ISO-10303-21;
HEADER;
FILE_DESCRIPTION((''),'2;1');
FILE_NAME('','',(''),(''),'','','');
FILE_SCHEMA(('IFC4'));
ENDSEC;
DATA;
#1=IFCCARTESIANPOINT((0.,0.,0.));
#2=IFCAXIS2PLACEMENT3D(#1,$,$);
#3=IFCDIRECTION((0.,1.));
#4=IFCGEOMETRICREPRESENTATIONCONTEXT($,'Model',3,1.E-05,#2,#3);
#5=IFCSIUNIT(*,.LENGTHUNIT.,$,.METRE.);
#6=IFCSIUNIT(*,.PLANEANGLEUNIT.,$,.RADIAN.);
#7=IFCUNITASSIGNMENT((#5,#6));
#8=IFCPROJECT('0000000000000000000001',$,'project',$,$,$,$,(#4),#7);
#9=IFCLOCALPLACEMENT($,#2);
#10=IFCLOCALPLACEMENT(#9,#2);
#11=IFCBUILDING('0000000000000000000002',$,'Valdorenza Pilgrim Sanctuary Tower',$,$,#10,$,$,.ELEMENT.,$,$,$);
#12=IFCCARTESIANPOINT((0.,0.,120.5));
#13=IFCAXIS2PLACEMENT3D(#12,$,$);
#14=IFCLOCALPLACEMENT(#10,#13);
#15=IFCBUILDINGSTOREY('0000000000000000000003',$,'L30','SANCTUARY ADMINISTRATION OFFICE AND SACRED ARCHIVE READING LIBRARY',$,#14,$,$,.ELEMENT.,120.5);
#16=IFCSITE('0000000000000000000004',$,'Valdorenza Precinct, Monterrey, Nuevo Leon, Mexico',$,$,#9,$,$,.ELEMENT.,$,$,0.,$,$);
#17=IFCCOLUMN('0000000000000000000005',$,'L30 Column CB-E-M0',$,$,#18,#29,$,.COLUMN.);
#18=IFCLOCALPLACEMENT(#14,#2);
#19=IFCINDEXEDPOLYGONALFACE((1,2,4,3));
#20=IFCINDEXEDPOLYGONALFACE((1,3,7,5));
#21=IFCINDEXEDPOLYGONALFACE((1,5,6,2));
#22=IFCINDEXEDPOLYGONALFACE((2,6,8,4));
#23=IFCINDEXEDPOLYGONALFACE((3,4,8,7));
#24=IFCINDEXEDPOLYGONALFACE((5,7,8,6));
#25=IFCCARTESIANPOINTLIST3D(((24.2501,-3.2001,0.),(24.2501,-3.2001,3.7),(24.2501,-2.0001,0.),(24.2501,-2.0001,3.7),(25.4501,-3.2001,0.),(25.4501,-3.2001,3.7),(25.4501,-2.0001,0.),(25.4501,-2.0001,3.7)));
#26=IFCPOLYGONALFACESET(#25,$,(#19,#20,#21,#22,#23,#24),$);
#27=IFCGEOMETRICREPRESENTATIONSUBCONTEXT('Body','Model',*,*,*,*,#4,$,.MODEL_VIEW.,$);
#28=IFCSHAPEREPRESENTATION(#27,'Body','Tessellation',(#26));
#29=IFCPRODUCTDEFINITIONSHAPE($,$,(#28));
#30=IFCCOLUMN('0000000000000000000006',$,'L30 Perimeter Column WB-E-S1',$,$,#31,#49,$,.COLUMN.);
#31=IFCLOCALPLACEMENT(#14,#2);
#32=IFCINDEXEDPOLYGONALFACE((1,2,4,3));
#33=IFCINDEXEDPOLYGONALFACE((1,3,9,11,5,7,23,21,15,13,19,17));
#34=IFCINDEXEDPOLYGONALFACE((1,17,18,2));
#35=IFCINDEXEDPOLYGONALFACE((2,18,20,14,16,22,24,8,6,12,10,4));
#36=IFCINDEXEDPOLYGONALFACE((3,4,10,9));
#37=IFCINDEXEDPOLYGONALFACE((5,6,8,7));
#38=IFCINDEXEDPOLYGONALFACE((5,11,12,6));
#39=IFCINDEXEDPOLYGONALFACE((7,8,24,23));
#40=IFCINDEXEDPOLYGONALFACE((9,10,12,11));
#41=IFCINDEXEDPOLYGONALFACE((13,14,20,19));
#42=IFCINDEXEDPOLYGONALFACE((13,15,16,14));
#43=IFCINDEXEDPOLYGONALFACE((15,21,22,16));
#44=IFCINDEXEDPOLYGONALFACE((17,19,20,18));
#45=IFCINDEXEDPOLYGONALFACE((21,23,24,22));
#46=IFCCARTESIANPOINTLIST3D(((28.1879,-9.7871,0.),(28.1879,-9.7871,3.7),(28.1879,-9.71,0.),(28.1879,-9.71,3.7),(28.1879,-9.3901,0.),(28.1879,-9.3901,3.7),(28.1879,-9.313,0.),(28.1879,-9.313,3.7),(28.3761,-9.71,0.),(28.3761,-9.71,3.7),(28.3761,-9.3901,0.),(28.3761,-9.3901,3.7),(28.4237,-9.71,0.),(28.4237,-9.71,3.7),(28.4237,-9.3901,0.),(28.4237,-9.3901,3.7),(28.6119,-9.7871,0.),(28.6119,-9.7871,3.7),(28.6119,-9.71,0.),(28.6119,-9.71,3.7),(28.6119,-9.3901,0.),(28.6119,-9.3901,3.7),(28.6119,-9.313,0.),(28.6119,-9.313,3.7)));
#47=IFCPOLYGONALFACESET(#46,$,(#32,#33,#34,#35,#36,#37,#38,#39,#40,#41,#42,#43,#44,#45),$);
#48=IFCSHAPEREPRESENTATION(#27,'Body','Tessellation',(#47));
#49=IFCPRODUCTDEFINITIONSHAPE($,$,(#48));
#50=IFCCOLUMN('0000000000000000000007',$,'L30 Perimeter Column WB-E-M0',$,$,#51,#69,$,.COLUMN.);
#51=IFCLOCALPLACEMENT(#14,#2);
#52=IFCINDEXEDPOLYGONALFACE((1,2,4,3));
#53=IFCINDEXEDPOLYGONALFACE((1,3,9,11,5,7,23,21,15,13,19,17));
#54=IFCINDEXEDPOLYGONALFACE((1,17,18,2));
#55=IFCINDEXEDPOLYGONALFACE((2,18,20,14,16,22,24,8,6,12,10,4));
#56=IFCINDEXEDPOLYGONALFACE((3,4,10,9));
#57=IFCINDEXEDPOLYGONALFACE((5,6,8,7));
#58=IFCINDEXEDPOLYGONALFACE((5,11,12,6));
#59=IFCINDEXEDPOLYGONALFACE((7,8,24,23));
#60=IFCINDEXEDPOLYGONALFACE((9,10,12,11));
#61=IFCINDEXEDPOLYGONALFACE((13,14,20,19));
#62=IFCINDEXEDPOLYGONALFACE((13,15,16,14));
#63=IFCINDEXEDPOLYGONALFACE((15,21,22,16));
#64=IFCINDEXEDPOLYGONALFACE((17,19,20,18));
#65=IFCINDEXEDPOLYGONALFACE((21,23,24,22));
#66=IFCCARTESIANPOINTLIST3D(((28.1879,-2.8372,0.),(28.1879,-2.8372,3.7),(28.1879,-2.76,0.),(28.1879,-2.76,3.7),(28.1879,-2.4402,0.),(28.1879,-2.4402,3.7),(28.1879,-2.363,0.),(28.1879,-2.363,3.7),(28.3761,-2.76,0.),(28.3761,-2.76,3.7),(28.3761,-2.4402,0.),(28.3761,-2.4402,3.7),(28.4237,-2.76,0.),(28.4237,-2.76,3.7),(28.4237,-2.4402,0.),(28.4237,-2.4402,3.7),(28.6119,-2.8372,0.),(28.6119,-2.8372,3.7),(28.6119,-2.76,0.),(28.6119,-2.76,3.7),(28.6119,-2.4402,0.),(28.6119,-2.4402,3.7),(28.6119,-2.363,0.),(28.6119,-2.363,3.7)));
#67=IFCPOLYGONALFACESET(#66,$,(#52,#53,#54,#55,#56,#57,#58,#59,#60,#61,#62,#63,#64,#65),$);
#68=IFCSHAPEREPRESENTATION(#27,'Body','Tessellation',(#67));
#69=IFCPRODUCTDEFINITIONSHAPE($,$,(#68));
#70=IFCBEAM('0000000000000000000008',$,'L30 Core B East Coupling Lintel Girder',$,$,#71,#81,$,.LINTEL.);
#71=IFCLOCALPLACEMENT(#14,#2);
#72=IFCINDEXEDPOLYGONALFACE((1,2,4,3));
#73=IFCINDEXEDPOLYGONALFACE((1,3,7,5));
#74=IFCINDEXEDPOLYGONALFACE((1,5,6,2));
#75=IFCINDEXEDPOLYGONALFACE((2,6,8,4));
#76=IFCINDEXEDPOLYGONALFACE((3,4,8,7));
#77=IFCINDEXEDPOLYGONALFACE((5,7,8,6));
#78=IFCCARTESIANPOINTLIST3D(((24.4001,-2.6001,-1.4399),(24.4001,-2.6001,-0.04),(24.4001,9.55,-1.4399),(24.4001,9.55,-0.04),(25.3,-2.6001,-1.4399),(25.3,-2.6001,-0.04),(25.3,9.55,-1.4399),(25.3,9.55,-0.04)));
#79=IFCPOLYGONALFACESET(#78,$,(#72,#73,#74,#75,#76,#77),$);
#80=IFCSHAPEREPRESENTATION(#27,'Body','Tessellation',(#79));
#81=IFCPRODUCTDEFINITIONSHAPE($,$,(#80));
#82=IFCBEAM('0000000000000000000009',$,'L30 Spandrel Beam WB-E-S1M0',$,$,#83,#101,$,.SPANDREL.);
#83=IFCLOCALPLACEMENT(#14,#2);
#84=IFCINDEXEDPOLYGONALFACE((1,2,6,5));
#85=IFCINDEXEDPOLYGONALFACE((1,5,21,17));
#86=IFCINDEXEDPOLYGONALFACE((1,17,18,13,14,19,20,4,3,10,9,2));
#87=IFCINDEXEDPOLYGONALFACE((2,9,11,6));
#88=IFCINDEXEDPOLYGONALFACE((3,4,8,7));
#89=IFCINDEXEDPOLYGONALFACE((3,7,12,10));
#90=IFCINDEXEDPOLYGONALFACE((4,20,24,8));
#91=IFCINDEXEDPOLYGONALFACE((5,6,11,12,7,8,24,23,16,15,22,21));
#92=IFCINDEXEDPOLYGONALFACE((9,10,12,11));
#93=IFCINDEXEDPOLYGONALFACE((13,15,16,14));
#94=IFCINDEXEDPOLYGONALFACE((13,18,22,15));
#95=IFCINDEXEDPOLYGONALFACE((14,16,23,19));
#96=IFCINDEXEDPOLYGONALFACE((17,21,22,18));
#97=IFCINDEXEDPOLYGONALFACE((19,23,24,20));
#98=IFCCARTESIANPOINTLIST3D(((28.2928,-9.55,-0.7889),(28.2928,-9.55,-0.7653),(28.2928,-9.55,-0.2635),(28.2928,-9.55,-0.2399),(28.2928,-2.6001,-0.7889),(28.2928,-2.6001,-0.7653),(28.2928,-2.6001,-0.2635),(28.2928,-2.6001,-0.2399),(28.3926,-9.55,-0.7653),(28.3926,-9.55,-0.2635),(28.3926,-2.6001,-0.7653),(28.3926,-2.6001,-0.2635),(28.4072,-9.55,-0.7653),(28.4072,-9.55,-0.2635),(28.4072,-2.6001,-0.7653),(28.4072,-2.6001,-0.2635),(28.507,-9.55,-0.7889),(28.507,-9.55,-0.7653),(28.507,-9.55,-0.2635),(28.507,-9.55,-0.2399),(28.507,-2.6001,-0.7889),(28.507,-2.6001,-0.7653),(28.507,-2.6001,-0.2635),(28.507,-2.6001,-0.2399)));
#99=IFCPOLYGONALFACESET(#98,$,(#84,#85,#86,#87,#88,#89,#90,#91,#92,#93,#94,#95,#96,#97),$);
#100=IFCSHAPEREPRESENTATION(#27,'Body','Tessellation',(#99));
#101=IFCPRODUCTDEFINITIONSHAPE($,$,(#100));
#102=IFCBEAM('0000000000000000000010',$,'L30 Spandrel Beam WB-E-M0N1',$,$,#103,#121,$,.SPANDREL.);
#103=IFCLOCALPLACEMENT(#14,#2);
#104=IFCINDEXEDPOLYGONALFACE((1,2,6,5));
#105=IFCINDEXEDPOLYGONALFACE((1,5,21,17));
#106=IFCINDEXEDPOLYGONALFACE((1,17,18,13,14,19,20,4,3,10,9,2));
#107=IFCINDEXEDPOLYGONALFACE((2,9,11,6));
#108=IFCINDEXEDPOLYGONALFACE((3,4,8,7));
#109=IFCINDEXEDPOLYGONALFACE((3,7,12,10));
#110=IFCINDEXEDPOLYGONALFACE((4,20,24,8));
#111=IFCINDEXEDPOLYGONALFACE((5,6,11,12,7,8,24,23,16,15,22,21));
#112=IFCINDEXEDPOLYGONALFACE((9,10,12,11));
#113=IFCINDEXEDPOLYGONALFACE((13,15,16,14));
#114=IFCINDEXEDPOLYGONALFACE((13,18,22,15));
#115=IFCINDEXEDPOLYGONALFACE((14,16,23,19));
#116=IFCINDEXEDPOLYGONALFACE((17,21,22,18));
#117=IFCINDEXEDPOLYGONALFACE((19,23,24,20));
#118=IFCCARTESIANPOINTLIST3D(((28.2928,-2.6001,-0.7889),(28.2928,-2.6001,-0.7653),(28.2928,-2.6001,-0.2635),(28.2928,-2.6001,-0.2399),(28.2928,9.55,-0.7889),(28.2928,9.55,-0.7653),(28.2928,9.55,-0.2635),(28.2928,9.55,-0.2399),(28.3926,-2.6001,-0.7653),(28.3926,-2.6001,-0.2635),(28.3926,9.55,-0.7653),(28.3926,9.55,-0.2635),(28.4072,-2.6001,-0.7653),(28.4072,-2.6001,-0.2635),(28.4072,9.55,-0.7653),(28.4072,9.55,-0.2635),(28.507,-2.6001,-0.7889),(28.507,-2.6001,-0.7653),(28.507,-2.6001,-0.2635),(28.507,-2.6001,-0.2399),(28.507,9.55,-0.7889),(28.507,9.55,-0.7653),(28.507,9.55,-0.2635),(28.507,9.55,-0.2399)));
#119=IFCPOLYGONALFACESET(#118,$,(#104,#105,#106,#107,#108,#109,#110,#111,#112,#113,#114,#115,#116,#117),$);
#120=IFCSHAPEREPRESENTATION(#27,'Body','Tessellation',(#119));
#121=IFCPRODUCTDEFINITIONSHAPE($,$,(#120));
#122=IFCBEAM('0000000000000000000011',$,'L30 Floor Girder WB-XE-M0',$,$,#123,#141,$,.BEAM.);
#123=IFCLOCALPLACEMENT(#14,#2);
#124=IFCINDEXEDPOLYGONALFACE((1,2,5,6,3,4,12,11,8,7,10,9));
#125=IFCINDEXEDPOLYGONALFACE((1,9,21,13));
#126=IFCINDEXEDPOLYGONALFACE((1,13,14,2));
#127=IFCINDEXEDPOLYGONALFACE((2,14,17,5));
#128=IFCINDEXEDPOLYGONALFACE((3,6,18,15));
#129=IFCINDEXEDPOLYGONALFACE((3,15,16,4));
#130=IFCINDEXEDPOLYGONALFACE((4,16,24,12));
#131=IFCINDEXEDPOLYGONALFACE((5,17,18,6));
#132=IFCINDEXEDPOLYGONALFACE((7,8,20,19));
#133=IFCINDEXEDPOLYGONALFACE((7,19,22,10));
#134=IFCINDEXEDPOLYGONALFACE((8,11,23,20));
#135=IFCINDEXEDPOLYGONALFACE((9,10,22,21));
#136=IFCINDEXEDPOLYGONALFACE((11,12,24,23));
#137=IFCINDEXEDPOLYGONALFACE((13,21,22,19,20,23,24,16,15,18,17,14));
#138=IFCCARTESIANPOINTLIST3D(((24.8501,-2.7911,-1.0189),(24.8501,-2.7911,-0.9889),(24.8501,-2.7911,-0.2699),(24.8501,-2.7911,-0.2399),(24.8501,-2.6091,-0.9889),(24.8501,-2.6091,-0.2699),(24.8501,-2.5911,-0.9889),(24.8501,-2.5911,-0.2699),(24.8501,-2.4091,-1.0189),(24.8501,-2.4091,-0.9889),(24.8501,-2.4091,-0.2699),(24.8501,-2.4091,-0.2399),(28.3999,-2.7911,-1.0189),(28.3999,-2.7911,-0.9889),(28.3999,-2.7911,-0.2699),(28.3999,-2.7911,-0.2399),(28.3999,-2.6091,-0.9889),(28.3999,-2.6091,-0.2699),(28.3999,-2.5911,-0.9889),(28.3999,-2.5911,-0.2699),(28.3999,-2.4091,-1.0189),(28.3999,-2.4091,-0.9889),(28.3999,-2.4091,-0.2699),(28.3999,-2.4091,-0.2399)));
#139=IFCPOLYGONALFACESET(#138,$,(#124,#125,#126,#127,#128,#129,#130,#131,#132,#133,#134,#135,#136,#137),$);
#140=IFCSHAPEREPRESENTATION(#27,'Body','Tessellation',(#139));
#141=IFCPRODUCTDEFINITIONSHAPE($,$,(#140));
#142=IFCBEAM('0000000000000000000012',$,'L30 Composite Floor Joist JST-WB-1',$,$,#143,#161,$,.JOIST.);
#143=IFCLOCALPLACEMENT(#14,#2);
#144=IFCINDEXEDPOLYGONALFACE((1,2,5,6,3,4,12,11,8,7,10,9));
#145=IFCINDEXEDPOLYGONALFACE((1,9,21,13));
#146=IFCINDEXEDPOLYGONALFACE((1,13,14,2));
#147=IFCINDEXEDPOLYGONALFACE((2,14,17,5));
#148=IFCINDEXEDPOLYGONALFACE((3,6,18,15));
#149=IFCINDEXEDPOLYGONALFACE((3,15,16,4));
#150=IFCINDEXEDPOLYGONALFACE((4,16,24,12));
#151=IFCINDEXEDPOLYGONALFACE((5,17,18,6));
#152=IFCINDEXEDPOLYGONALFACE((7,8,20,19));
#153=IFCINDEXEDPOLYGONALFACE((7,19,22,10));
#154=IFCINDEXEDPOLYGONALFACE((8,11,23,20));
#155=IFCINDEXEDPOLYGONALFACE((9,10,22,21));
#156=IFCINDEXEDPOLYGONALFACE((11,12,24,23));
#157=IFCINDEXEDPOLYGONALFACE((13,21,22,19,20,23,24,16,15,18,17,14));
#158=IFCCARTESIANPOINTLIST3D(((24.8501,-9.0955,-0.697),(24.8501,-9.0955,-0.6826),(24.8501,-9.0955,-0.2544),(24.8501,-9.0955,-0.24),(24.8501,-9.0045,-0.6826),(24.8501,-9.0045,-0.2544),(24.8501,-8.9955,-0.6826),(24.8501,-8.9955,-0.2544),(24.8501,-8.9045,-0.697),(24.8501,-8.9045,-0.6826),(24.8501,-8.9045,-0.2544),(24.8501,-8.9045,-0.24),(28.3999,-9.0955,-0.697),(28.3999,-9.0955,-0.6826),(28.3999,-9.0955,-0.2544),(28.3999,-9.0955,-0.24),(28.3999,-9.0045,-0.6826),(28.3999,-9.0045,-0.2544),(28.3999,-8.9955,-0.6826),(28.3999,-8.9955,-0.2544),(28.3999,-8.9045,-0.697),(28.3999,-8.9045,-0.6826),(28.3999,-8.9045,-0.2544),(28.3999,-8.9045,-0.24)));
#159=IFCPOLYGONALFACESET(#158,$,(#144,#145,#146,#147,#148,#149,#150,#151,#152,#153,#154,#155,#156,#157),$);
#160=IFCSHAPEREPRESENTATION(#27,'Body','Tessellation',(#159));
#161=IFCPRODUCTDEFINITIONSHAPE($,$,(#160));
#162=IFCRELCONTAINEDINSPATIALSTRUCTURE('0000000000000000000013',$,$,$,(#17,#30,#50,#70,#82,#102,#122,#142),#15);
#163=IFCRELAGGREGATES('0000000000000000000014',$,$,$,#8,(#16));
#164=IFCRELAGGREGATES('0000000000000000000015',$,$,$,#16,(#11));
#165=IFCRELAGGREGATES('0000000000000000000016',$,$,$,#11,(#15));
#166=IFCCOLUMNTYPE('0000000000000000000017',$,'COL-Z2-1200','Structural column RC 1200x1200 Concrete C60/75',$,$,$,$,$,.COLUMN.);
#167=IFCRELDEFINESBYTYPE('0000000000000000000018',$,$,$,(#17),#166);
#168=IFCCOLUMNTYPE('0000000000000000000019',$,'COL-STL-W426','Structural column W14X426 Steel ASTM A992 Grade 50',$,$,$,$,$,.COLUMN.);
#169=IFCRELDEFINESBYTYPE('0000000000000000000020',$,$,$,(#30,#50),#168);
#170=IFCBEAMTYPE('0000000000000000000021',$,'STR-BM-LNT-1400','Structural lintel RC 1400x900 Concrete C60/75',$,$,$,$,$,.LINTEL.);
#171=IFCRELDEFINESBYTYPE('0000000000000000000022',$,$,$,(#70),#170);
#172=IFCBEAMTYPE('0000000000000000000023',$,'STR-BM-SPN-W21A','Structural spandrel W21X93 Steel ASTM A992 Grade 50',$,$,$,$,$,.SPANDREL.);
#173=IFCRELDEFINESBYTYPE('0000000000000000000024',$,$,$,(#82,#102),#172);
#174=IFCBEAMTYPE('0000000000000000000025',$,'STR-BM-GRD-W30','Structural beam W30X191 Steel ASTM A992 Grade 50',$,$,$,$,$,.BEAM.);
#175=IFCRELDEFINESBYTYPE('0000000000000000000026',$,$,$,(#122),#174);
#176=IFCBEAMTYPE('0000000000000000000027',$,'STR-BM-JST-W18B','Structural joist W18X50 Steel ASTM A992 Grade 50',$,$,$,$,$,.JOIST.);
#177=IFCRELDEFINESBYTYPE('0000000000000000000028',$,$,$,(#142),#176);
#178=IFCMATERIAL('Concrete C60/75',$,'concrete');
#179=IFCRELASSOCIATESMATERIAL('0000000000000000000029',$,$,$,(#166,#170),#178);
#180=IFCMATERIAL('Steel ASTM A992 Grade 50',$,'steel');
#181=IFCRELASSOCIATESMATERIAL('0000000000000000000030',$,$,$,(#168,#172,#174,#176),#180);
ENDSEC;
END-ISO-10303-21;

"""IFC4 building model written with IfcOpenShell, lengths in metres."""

from ifc_helpers import new_model, si_unit, direction, frame, origin, origin_2d, place, context, subcontext, project, spatial, rectangle, i_section, extrude, source, transform, mapped, material, material_profile, profile_set, type_object, element, save


model = new_model("IFC4")

# Units and contexts
model_context = context("Model", 3, precision=1e-05, world=origin(), true_north=direction((0.0, 1.0)))
body_context = subcontext(model_context, "Body", "Model", "MODEL_VIEW")
ifc_project = project(units=[si_unit("LENGTHUNIT", "METRE"), si_unit("PLANEANGLEUNIT", "RADIAN")], contexts=[model_context])

# Site, building, storey
site_placement = place(None, origin())
site = spatial("IfcSite", under=ifc_project, at=site_placement, Name="Valdorenza Precinct, Monterrey, Nuevo Leon, Mexico", CompositionType="ELEMENT", RefElevation=0.0)
building_placement = place(site_placement, origin())
building = spatial("IfcBuilding", under=site, at=building_placement, Name="Valdorenza Pilgrim Sanctuary Tower", CompositionType="ELEMENT")
storey_placement = place(building_placement, frame((0.0, 0.0, 120.5)))
storey = spatial("IfcBuildingStorey", under=building, at=storey_placement, Name="L30", Description="SANCTUARY ADMINISTRATION OFFICE AND SACRED ARCHIVE READING LIBRARY", CompositionType="ELEMENT", Elevation=120.5)

# Columns
ifc_material_1 = material(Name="Concrete C60/75", Category="concrete")
ifc_material_profile_1 = material_profile(ifc_material_1, rectangle(XDim=1.2, YDim=1.2, at=origin_2d()), Name="RC 1200x1200")
ifc_profile_set_1 = profile_set([ifc_material_profile_1], Name="Concrete C60/75")
column_type_1 = type_object("IfcColumnType", Name="COL-Z2-1200", Description="Structural column RC 1200x1200 Concrete C60/75", PredefinedType="COLUMN", material=ifc_profile_set_1)
shared_shape_1 = source(origin(), body_context, "Body", "SweptSolid", [
    extrude(rectangle(XDim=1.2, YDim=1.2, at=origin_2d()), origin(), (0.0, 0.0, 1.0), 3.7),
])
column_placement = place(storey_placement, frame((24.8501, -2.6001, 0.0), z_axis=(0.0, 0.0, 1.0), x_axis=(1.0, 0.0, 0.0)))
element("IfcColumn", 1, at=column_placement, inside=storey, type_object=column_type_1, Name="L30 Column CB-E-M0", PredefinedType="COLUMN", context=body_context, shape_type="MappedRepresentation", body=[
    mapped(shared_shape_1, transform((0.0, 0.0, 0.0), x_axis=(1.0, 0.0, 0.0), y_axis=(0.0, 1.0, 0.0), z_axis=(0.0, 0.0, 1.0), scale=1.0)),
])
ifc_material_2 = material(Name="Steel ASTM A992 Grade 50", Category="steel")
ifc_material_profile_2 = material_profile(ifc_material_2, i_section(OverallWidth=0.4241, OverallDepth=0.4741, WebThickness=0.0476, FlangeThickness=0.0771, at=origin_2d()), Name="W14X426")
ifc_profile_set_2 = profile_set([ifc_material_profile_2], Name="Steel ASTM A992 Grade 50")
column_type_2 = type_object("IfcColumnType", Name="COL-STL-W426", Description="Structural column W14X426 Steel ASTM A992 Grade 50", PredefinedType="COLUMN", material=ifc_profile_set_2)
shared_shape_2 = source(origin(), body_context, "Body", "SweptSolid", [
    extrude(i_section(OverallWidth=0.4241, OverallDepth=0.4741, WebThickness=0.0476, FlangeThickness=0.0771, at=origin_2d()), origin(), (0.0, 0.0, 1.0), 3.7),
])
for number, where, z_axis, x_axis, name in (
    (2, (28.3999, -9.55, 0.0), (0.0, 0.0, 1.0), (1.0, 0.0, 0.0), "L30 Perimeter Column WB-E-S1"),
    (3, (28.3999, -2.6001, 0.0), (0.0, 0.0, 1.0), (1.0, 0.0, 0.0), "L30 Perimeter Column WB-E-M0"),
):
    element("IfcColumn", number, at=place(storey_placement, frame(where, z_axis=z_axis, x_axis=x_axis)), inside=storey, type_object=column_type_2, Name=name, PredefinedType="COLUMN", context=body_context, shape_type="MappedRepresentation", body=[
        mapped(shared_shape_2, transform((0.0, 0.0, 0.0), x_axis=(1.0, 0.0, 0.0), y_axis=(0.0, 1.0, 0.0), z_axis=(0.0, 0.0, 1.0), scale=1.0)),
    ])

# Beams
ifc_material_profile_3 = material_profile(ifc_material_1, rectangle(XDim=0.8999, YDim=1.3999, at=origin_2d()), Name="RC 1400x900")
ifc_profile_set_3 = profile_set([ifc_material_profile_3], Name="Concrete C60/75")
beam_type_1 = type_object("IfcBeamType", Name="STR-BM-LNT-1400", Description="Structural lintel RC 1400x900 Concrete C60/75", PredefinedType="LINTEL", material=ifc_profile_set_3)
shared_shape_3 = source(origin(), body_context, "Body", "SweptSolid", [
    extrude(rectangle(XDim=0.8999, YDim=1.3999, at=origin_2d()), origin(), (0.0, 0.0, 1.0), 12.1501),
])
beam_1_placement = place(storey_placement, frame((24.8501, -2.6001, -0.74), z_axis=(0.0, 1.0, 0.0), x_axis=(-1.0, 0.0, 0.0)))
element("IfcBeam", 4, at=beam_1_placement, inside=storey, type_object=beam_type_1, Name="L30 Core B East Coupling Lintel Girder", PredefinedType="LINTEL", context=body_context, shape_type="MappedRepresentation", body=[
    mapped(shared_shape_3, transform((0.0, 0.0, 0.0), x_axis=(1.0, 0.0, 0.0), y_axis=(0.0, 1.0, 0.0), z_axis=(0.0, 0.0, 1.0), scale=1.0)),
])
ifc_material_profile_4 = material_profile(ifc_material_2, i_section(OverallWidth=0.2141, OverallDepth=0.5491, WebThickness=0.0146, FlangeThickness=0.0237, at=origin_2d()), Name="W21X93")
ifc_profile_set_4 = profile_set([ifc_material_profile_4], Name="Steel ASTM A992 Grade 50")
beam_type_2 = type_object("IfcBeamType", Name="STR-BM-SPN-W21A", Description="Structural spandrel W21X93 Steel ASTM A992 Grade 50", PredefinedType="SPANDREL", material=ifc_profile_set_4)
shared_shape_4 = source(origin(), body_context, "Body", "SweptSolid", [
    extrude(i_section(OverallWidth=0.2141, OverallDepth=0.5491, WebThickness=0.0146, FlangeThickness=0.0237, at=origin_2d()), origin(), (0.0, 0.0, 1.0), 6.95),
])
beam_2_placement = place(storey_placement, frame((28.3999, -9.55, -0.5144), z_axis=(0.0, 1.0, 0.0), x_axis=(-1.0, 0.0, 0.0)))
element("IfcBeam", 5, at=beam_2_placement, inside=storey, type_object=beam_type_2, Name="L30 Spandrel Beam WB-E-S1M0", PredefinedType="SPANDREL", context=body_context, shape_type="MappedRepresentation", body=[
    mapped(shared_shape_4, transform((0.0, 0.0, 0.0), x_axis=(1.0, 0.0, 0.0), y_axis=(0.0, 1.0, 0.0), z_axis=(0.0, 0.0, 1.0), scale=1.0)),
])
shared_shape_5 = source(origin(), body_context, "Body", "SweptSolid", [
    extrude(i_section(OverallWidth=0.2141, OverallDepth=0.5491, WebThickness=0.0146, FlangeThickness=0.0237, at=origin_2d()), origin(), (0.0, 0.0, 1.0), 12.1501),
])
beam_3_placement = place(storey_placement, frame((28.3999, -2.6001, -0.5144), z_axis=(0.0, 1.0, 0.0), x_axis=(-1.0, 0.0, 0.0)))
element("IfcBeam", 6, at=beam_3_placement, inside=storey, type_object=beam_type_2, Name="L30 Spandrel Beam WB-E-M0N1", PredefinedType="SPANDREL", context=body_context, shape_type="MappedRepresentation", body=[
    mapped(shared_shape_5, transform((0.0, 0.0, 0.0), x_axis=(1.0, 0.0, 0.0), y_axis=(0.0, 1.0, 0.0), z_axis=(0.0, 0.0, 1.0), scale=1.0)),
])
ifc_material_profile_5 = material_profile(ifc_material_2, i_section(OverallWidth=0.3821, OverallDepth=0.7791, WebThickness=0.0181, FlangeThickness=0.03, at=origin_2d()), Name="W30X191")
ifc_profile_set_5 = profile_set([ifc_material_profile_5], Name="Steel ASTM A992 Grade 50")
beam_type_3 = type_object("IfcBeamType", Name="STR-BM-GRD-W30", Description="Structural beam W30X191 Steel ASTM A992 Grade 50", PredefinedType="BEAM", material=ifc_profile_set_5)
shared_shape_6 = source(origin(), body_context, "Body", "SweptSolid", [
    extrude(i_section(OverallWidth=0.3821, OverallDepth=0.7791, WebThickness=0.0181, FlangeThickness=0.03, at=origin_2d()), origin(), (0.0, 0.0, 1.0), 3.5498),
])
beam_4_placement = place(storey_placement, frame((24.8501, -2.6001, -0.6294), z_axis=(1.0, 0.0, 0.0), x_axis=(0.0, 1.0, 0.0)))
element("IfcBeam", 7, at=beam_4_placement, inside=storey, type_object=beam_type_3, Name="L30 Floor Girder WB-XE-M0", PredefinedType="BEAM", context=body_context, shape_type="MappedRepresentation", body=[
    mapped(shared_shape_6, transform((0.0, 0.0, 0.0), x_axis=(1.0, 0.0, 0.0), y_axis=(0.0, 1.0, 0.0), z_axis=(0.0, 0.0, 1.0), scale=1.0)),
])
ifc_material_profile_6 = material_profile(ifc_material_2, i_section(OverallWidth=0.1909, OverallDepth=0.457, WebThickness=0.009, FlangeThickness=0.0144, at=origin_2d()), Name="W18X50")
ifc_profile_set_6 = profile_set([ifc_material_profile_6], Name="Steel ASTM A992 Grade 50")
beam_type_4 = type_object("IfcBeamType", Name="STR-BM-JST-W18B", Description="Structural joist W18X50 Steel ASTM A992 Grade 50", PredefinedType="JOIST", material=ifc_profile_set_6)
shared_shape_7 = source(origin(), body_context, "Body", "SweptSolid", [
    extrude(i_section(OverallWidth=0.1909, OverallDepth=0.457, WebThickness=0.009, FlangeThickness=0.0144, at=origin_2d()), origin(), (0.0, 0.0, 1.0), 3.5498),
])
for number, where, z_axis, x_axis, name in (
    (8, (24.8501, -9.0, -0.4685), (1.0, 0.0, 0.0), (0.0, 1.0, 0.0), "L30 Composite Floor Joist JST-WB-1"),
):
    element("IfcBeam", number, at=place(storey_placement, frame(where, z_axis=z_axis, x_axis=x_axis)), inside=storey, type_object=beam_type_4, Name=name, PredefinedType="JOIST", context=body_context, shape_type="MappedRepresentation", body=[
        mapped(shared_shape_7, transform((0.0, 0.0, 0.0), x_axis=(1.0, 0.0, 0.0), y_axis=(0.0, 1.0, 0.0), z_axis=(0.0, 0.0, 1.0), scale=1.0)),
    ])

save(model, "model.ifc")
